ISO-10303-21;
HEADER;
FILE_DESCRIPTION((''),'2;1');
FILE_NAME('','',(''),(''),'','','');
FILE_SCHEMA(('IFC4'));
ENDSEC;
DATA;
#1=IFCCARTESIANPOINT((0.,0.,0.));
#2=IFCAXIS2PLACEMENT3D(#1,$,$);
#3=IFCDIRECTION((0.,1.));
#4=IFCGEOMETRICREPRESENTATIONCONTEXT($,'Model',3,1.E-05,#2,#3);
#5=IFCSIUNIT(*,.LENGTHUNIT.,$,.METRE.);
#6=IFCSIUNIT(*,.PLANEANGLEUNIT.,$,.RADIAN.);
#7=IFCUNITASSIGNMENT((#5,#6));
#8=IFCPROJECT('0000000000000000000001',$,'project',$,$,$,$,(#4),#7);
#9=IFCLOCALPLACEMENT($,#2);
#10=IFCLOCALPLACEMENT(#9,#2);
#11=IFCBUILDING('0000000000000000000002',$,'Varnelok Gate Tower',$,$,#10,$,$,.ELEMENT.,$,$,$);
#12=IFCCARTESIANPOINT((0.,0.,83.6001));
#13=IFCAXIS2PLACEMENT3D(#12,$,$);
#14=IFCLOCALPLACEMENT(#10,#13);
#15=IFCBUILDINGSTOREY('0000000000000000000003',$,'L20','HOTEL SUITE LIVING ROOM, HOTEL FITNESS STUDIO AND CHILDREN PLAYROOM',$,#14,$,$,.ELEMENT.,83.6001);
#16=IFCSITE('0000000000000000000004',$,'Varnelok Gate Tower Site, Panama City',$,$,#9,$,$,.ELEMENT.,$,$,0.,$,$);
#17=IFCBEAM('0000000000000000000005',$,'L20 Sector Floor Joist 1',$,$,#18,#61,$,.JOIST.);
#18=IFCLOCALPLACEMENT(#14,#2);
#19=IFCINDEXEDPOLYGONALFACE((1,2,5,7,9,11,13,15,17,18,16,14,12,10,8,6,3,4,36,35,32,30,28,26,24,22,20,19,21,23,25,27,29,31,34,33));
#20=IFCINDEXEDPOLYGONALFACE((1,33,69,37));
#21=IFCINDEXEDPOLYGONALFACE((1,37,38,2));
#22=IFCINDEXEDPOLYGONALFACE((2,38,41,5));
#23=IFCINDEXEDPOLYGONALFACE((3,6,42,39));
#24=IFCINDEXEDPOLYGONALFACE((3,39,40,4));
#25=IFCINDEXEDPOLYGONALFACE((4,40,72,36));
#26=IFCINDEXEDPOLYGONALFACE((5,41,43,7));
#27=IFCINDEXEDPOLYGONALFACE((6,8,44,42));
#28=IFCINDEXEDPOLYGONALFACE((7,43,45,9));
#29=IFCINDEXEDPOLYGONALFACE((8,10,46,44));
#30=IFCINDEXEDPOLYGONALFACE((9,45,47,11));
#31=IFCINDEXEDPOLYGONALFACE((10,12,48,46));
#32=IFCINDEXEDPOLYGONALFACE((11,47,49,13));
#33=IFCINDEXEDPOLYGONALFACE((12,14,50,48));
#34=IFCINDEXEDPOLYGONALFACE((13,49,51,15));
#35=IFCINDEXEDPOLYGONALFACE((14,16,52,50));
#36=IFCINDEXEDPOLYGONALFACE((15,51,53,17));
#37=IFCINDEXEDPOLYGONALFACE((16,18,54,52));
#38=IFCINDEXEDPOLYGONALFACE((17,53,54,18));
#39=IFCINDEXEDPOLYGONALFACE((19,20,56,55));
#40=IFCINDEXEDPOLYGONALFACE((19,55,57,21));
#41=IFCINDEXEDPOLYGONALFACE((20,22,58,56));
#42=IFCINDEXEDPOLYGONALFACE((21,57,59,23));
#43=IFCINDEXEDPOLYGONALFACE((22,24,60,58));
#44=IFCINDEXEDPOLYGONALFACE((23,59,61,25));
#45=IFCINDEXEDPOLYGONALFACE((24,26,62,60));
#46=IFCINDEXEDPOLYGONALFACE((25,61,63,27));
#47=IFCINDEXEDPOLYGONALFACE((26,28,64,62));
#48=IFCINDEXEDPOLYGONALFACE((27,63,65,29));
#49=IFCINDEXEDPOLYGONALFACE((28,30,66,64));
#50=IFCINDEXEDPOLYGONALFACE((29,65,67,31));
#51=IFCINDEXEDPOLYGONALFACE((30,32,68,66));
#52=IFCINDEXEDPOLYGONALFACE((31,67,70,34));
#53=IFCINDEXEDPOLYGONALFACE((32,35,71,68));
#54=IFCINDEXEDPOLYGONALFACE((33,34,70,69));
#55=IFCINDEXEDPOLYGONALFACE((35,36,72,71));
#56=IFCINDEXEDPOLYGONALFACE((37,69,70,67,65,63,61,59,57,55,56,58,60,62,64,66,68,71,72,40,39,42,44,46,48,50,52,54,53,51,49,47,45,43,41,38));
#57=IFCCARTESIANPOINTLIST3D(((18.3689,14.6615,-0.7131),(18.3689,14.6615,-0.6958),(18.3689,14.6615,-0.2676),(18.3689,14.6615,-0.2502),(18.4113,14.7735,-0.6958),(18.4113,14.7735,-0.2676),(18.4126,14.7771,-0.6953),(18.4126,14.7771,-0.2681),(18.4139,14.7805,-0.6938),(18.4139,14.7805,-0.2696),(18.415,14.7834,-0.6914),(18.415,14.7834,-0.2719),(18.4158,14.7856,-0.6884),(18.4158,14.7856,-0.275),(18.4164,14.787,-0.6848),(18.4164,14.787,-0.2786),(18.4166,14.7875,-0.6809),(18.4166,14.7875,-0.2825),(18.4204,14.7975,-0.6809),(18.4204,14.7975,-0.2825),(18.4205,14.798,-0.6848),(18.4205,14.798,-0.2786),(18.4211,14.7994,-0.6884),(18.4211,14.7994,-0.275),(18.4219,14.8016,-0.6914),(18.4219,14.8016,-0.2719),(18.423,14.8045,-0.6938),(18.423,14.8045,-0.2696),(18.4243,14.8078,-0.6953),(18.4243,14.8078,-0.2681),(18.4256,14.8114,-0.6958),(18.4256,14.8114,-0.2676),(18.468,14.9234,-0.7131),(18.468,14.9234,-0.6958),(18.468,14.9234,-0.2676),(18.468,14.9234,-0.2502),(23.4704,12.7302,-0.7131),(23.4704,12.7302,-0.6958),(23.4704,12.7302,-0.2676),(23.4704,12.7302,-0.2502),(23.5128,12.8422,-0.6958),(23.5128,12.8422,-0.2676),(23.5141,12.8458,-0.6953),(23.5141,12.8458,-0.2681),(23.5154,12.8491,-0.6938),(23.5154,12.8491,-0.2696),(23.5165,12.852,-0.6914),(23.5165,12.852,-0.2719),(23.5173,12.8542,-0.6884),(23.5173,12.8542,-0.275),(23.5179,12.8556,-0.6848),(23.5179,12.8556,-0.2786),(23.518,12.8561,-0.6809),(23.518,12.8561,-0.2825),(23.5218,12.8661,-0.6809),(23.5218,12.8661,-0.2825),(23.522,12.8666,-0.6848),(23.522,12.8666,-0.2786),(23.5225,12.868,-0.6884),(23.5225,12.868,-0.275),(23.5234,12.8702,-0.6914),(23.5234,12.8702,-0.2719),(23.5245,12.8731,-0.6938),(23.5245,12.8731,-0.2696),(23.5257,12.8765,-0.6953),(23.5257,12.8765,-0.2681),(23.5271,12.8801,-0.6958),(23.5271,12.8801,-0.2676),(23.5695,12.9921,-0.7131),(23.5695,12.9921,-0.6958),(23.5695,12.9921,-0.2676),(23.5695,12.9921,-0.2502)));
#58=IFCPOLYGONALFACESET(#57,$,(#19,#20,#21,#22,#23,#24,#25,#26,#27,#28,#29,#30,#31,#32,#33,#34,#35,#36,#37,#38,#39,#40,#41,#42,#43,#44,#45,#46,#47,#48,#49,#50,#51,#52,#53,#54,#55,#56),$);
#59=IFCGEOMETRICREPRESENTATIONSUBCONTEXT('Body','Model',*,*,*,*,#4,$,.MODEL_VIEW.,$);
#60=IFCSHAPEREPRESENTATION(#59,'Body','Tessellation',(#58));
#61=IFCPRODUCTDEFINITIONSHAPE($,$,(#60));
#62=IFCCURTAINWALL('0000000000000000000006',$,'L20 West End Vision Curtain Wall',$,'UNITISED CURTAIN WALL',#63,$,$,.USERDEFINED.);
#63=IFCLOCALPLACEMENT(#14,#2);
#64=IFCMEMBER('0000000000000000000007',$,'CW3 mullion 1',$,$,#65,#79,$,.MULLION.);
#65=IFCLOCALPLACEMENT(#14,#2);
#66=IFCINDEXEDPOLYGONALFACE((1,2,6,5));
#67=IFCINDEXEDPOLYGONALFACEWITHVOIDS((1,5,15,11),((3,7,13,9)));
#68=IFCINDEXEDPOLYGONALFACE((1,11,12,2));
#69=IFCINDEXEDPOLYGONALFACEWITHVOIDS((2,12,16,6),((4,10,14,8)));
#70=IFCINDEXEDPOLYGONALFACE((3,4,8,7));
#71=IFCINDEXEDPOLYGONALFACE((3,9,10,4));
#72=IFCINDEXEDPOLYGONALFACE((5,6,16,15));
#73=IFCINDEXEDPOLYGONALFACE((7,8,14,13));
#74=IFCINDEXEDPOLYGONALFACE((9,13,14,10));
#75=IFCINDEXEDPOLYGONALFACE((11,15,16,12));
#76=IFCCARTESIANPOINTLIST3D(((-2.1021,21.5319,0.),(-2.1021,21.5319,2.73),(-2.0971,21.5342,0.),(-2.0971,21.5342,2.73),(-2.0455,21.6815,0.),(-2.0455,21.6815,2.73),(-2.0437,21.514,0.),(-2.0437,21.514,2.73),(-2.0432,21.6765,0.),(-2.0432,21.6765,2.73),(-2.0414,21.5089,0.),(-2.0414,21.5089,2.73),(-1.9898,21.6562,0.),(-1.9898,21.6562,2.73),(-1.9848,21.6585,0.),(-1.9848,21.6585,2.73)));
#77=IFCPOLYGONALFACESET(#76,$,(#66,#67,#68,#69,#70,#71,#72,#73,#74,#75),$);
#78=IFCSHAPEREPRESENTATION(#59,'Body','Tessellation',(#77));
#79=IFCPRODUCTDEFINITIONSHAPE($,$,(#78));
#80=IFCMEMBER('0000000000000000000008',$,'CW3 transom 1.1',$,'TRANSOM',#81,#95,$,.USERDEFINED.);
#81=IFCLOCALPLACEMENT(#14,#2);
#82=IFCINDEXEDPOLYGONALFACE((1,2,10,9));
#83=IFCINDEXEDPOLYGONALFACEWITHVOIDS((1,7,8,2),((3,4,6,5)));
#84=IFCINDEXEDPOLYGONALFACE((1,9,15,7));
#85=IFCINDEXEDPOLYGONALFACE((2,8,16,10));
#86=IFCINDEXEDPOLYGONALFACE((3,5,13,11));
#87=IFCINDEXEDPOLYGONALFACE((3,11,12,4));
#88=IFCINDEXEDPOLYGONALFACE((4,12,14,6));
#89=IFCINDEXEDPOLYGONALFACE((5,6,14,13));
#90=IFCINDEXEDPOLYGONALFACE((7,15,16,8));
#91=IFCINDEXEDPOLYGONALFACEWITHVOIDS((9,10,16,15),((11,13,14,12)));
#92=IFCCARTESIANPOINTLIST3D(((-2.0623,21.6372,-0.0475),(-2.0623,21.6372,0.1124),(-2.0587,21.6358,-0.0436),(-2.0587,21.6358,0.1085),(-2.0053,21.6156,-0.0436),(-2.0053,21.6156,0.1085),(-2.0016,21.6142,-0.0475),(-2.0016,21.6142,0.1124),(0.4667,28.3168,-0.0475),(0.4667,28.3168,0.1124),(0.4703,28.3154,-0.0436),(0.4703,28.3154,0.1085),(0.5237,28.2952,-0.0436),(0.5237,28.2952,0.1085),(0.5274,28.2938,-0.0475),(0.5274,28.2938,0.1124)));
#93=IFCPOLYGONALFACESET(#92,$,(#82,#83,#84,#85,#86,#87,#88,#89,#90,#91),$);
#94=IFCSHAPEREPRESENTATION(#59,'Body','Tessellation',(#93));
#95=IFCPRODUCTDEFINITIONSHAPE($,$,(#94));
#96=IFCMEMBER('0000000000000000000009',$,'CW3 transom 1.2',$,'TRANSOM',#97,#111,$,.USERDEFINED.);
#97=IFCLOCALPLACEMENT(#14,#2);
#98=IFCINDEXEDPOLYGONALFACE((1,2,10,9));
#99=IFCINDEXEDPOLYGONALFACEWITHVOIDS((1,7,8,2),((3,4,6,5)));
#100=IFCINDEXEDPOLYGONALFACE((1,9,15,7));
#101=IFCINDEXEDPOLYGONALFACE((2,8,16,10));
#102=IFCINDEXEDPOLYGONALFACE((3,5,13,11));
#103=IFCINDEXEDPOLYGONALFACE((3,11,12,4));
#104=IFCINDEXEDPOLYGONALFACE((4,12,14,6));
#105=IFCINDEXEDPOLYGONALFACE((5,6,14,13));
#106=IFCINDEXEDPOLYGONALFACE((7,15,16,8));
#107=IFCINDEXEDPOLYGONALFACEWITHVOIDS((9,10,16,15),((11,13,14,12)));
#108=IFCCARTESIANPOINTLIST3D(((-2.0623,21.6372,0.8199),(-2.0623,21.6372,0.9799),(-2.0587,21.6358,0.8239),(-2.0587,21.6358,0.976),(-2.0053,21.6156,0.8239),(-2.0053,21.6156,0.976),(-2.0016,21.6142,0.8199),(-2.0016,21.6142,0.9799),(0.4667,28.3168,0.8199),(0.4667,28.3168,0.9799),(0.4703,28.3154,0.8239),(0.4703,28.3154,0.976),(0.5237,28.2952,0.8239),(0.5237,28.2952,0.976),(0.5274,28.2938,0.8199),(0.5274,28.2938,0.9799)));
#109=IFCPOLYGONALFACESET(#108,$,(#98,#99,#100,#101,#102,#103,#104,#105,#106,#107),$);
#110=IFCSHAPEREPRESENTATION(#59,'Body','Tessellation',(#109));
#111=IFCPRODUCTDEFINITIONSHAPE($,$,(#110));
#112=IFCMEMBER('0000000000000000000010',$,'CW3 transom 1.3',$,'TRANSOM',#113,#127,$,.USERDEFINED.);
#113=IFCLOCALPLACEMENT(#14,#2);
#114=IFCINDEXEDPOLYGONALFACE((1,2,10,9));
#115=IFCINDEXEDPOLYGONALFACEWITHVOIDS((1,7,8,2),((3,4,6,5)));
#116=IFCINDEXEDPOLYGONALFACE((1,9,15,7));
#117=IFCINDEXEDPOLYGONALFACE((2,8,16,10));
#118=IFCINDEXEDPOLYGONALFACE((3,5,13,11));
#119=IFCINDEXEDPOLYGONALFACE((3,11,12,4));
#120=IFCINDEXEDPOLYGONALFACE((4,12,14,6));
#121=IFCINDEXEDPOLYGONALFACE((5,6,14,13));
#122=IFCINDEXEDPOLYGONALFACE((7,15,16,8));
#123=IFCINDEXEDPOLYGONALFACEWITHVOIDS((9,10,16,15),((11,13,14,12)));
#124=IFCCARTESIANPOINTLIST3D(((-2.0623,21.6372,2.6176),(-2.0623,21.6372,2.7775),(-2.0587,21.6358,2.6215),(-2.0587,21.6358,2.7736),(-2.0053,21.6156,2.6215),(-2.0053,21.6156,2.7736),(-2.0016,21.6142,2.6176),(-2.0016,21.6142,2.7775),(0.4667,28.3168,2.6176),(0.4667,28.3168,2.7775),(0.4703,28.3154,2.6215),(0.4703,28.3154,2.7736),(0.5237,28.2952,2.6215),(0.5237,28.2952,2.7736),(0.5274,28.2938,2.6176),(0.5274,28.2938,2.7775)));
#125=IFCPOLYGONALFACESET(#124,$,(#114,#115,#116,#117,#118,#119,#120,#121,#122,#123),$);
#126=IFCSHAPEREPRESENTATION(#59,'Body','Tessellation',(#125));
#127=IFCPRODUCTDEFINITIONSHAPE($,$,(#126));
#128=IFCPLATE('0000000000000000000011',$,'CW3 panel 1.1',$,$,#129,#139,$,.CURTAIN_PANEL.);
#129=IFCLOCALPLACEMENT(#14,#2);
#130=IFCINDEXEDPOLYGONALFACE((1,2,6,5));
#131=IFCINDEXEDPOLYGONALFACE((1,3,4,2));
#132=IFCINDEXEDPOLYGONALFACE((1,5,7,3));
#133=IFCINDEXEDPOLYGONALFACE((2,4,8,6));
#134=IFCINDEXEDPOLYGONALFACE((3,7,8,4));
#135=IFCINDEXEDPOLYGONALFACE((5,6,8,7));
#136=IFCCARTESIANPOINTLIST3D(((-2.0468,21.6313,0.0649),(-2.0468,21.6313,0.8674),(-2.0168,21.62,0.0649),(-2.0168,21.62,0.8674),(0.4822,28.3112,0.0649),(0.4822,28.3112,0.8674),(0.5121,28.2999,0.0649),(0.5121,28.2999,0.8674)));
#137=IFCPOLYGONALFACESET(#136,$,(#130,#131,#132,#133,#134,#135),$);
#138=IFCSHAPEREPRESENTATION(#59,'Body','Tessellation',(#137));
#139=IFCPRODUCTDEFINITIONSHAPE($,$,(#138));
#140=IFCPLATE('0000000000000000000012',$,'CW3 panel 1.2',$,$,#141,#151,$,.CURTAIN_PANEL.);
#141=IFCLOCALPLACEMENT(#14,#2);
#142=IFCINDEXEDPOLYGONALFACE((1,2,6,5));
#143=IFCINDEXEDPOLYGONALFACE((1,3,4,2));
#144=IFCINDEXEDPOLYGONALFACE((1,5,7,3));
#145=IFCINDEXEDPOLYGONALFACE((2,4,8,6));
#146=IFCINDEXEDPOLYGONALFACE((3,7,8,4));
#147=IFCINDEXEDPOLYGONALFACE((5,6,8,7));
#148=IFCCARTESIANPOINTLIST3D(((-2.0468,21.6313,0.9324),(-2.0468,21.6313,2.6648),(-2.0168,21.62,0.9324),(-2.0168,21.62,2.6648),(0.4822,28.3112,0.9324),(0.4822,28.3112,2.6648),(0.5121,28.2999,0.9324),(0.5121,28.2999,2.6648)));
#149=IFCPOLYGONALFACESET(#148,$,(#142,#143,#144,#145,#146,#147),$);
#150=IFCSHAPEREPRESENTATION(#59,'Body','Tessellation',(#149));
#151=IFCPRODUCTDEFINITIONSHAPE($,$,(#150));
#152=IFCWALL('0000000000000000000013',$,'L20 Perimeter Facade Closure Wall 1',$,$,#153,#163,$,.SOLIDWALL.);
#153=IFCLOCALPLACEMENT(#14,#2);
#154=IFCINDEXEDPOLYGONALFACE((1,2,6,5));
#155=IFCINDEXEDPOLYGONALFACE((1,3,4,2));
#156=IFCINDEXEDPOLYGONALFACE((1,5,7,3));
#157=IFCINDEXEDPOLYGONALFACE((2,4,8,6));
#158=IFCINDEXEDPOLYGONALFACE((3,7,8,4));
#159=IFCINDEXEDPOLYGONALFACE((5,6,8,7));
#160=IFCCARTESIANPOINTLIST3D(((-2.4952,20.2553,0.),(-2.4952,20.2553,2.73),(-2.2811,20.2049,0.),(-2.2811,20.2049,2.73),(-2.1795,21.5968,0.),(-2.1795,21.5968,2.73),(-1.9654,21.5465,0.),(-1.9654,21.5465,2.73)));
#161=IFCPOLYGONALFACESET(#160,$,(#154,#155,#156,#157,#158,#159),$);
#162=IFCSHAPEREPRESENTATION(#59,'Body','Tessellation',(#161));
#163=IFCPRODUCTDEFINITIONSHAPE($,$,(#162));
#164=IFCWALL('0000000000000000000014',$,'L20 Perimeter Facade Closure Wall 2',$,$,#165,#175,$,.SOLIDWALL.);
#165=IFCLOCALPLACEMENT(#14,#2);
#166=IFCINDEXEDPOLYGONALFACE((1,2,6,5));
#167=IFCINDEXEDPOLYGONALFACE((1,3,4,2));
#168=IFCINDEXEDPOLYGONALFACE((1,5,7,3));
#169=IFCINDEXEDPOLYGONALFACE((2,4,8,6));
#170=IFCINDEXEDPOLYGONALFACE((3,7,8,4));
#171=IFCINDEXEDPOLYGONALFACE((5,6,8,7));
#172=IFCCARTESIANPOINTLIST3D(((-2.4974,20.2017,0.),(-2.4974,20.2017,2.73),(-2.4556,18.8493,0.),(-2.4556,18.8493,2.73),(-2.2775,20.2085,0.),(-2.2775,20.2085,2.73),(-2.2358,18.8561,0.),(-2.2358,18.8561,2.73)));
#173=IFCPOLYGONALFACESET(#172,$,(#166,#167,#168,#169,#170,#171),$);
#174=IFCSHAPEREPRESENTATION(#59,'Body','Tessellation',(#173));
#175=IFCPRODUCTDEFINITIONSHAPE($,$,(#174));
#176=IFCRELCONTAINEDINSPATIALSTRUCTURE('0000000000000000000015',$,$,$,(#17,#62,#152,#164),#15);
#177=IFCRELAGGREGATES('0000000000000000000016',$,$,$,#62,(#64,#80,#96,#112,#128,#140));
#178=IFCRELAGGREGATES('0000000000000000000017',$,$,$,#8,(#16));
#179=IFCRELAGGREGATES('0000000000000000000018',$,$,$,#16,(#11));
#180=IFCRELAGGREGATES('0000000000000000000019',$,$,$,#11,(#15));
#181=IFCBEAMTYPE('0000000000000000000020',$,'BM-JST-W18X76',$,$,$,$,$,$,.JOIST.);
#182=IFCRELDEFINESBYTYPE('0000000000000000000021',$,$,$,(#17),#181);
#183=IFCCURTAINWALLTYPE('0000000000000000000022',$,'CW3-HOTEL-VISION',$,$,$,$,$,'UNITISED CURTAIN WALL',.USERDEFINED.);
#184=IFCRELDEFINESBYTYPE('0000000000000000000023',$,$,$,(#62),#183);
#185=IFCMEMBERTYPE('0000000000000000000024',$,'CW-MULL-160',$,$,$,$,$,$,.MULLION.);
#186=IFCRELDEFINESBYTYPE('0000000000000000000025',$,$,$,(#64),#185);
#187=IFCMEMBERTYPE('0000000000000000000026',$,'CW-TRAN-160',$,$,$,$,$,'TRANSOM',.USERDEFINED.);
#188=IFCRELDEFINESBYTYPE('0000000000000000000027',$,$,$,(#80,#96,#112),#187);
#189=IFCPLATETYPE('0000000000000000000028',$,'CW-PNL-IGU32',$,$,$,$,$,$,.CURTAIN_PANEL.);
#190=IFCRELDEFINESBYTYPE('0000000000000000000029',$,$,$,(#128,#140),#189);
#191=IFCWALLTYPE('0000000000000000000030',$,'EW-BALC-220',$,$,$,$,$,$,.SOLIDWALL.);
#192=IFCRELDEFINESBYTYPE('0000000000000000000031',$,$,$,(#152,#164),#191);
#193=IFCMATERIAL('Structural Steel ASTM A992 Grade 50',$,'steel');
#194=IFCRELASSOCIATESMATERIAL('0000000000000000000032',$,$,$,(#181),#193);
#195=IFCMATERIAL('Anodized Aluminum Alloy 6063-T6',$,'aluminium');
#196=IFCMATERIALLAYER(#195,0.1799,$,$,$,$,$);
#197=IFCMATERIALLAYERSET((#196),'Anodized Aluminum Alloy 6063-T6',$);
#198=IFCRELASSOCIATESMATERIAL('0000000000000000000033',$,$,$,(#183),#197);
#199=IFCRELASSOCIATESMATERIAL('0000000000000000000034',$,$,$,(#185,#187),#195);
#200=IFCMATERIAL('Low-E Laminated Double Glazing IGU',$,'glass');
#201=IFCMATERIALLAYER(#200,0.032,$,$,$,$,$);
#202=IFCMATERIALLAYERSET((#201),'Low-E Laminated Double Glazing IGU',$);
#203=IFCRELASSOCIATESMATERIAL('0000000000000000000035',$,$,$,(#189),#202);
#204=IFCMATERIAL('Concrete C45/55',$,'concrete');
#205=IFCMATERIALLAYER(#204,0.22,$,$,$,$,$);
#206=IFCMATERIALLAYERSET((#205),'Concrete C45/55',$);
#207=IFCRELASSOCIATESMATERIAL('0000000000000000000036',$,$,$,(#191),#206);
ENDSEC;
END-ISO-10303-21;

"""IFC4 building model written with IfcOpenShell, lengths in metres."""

from ifc_helpers import new_model, si_unit, direction, frame, frame_2d, origin, origin_2d, place, context, subcontext, project, spatial, rectangle, hollow_rectangle, i_section, extrude, source, transform, mapped, material, layer, layer_set, material_profile, profile_set, type_object, element, aggregate, save


model = new_model("IFC4")

# Units and contexts
model_context = context("Model", 3, precision=1e-05, world=origin(), true_north=direction((0.0, 1.0)))
body_context = subcontext(model_context, "Body", "Model", "MODEL_VIEW")
ifc_project = project(units=[si_unit("LENGTHUNIT", "METRE"), si_unit("PLANEANGLEUNIT", "RADIAN")], contexts=[model_context])

# Site, building, storey
site_placement = place(None, origin())
site = spatial("IfcSite", under=ifc_project, at=site_placement, Name="Varnelok Gate Tower Site, Panama City", CompositionType="ELEMENT", RefElevation=0.0)
building_placement = place(site_placement, origin())
building = spatial("IfcBuilding", under=site, at=building_placement, Name="Varnelok Gate Tower", CompositionType="ELEMENT")
storey_placement = place(building_placement, frame((0.0, 0.0, 83.6001)))
storey = spatial("IfcBuildingStorey", under=building, at=storey_placement, Name="L20", Description="HOTEL SUITE LIVING ROOM, HOTEL FITNESS STUDIO AND CHILDREN PLAYROOM", CompositionType="ELEMENT", Elevation=83.6001)

# Beam
ifc_material_1 = material(Name="Structural Steel ASTM A992 Grade 50", Category="steel")
ifc_material_profile_1 = material_profile(ifc_material_1, i_section(OverallWidth=0.28, OverallDepth=0.4629, WebThickness=0.0107, FlangeThickness=0.0173, FilletRadius=0.0149, at=origin_2d()), Name="W18X76")
ifc_profile_set_1 = profile_set([ifc_material_profile_1], Name="Structural Steel ASTM A992 Grade 50")
beam_type = type_object("IfcBeamType", Name="BM-JST-W18X76", PredefinedType="JOIST", material=ifc_profile_set_1)
beam_placement = place(storey_placement, frame((18.4185, 14.7925, -0.4817), z_axis=(0.935221, -0.354065, 0.0), x_axis=(0.354065, 0.935221, 0.0)))
element("IfcBeam", 1, at=beam_placement, inside=storey, type_object=beam_type, Name="L20 Sector Floor Joist 1", PredefinedType="JOIST", context=body_context, shape_type="SweptSolid", body=[
    extrude(i_section(OverallWidth=0.28, OverallDepth=0.4629, WebThickness=0.0107, FlangeThickness=0.0173, FilletRadius=0.0149, at=origin_2d()), origin(), (0.0, 0.0, 1.0), 5.4548),
])

# Curtain wall, members, plates
ifc_material_2 = material(Name="Anodized Aluminum Alloy 6063-T6", Category="aluminium")
ifc_layer_1 = layer(ifc_material_2, 0.1799)
ifc_layer_set_1 = layer_set([ifc_layer_1], Name="Anodized Aluminum Alloy 6063-T6")
curtain_wall_type = type_object("IfcCurtainWallType", Name="CW3-HOTEL-VISION", ElementType="UNITISED CURTAIN WALL", PredefinedType="USERDEFINED", material=ifc_layer_set_1)
curtain_wall_placement = place(storey_placement, origin())
curtain_wall = element("IfcCurtainWall", 2, at=curtain_wall_placement, inside=storey, type_object=curtain_wall_type, Name="L20 West End Vision Curtain Wall", ObjectType="UNITISED CURTAIN WALL", PredefinedType="USERDEFINED")
ifc_material_profile_2 = material_profile(ifc_material_2, hollow_rectangle(XDim=0.0649, YDim=0.1599, WallThickness=0.0039, at=origin_2d()), Name="ALU160X65X4")
ifc_profile_set_2 = profile_set([ifc_material_profile_2], Name="Anodized Aluminum Alloy 6063-T6")
member_type_1 = type_object("IfcMemberType", Name="CW-MULL-160", PredefinedType="MULLION", material=ifc_profile_set_2)
member_1_placement = place(storey_placement, frame((-2.0435, 21.5952, 0.0), z_axis=(0.0, 0.0, 1.0), x_axis=(-0.935221, 0.354064, 0.0)))
member_1 = element("IfcMember", 3, at=member_1_placement, type_object=member_type_1, Name="CW3 mullion 1", PredefinedType="MULLION", context=body_context, shape_type="SweptSolid", body=[
    extrude(hollow_rectangle(XDim=0.0649, YDim=0.1599, WallThickness=0.0039, at=origin_2d()), origin(), (0.0, 0.0, 1.0), 2.73),
])
ifc_material_profile_3 = material_profile(ifc_material_2, hollow_rectangle(XDim=0.0649, YDim=0.1599, WallThickness=0.0039, at=origin_2d()), Name="ALU160X65X4")
ifc_profile_set_3 = profile_set([ifc_material_profile_3], Name="Anodized Aluminum Alloy 6063-T6")
member_type_2 = type_object("IfcMemberType", Name="CW-TRAN-160", ElementType="TRANSOM", PredefinedType="USERDEFINED", material=ifc_profile_set_3)
member_2_placement = place(storey_placement, frame((-2.032, 21.6257, 0.0325), z_axis=(0.354088, 0.935212, 0.0), x_axis=(-0.935212, 0.354088, 0.0)))
member_2 = element("IfcMember", 4, at=member_2_placement, type_object=member_type_2, Name="CW3 transom 1.1", ObjectType="TRANSOM", PredefinedType="USERDEFINED", context=body_context, shape_type="SweptSolid", body=[
    extrude(hollow_rectangle(XDim=0.0649, YDim=0.1599, WallThickness=0.0039, at=origin_2d()), origin(), (0.0, 0.0, 1.0), 7.1423),
])
member_3_placement = place(storey_placement, frame((-2.032, 21.6257, 0.8999), z_axis=(0.354088, 0.935212, 0.0), x_axis=(-0.935212, 0.354088, 0.0)))
member_3 = element("IfcMember", 5, at=member_3_placement, type_object=member_type_2, Name="CW3 transom 1.2", ObjectType="TRANSOM", PredefinedType="USERDEFINED", context=body_context, shape_type="SweptSolid", body=[
    extrude(hollow_rectangle(XDim=0.0649, YDim=0.1599, WallThickness=0.0039, at=origin_2d()), origin(), (0.0, 0.0, 1.0), 7.1423),
])
member_4_placement = place(storey_placement, frame((-2.032, 21.6257, 2.6975), z_axis=(0.354088, 0.935212, 0.0), x_axis=(-0.935212, 0.354088, 0.0)))
member_4 = element("IfcMember", 6, at=member_4_placement, type_object=member_type_2, Name="CW3 transom 1.3", ObjectType="TRANSOM", PredefinedType="USERDEFINED", context=body_context, shape_type="SweptSolid", body=[
    extrude(hollow_rectangle(XDim=0.0649, YDim=0.1599, WallThickness=0.0039, at=origin_2d()), origin(), (0.0, 0.0, 1.0), 7.1423),
])
ifc_material_3 = material(Name="Low-E Laminated Double Glazing IGU", Category="glass")
ifc_layer_2 = layer(ifc_material_3, 0.032)
ifc_layer_set_2 = layer_set([ifc_layer_2], Name="Low-E Laminated Double Glazing IGU")
plate_type = type_object("IfcPlateType", Name="CW-PNL-IGU32", PredefinedType="CURTAIN_PANEL", material=ifc_layer_set_2)
shared_shape_1 = source(origin(), body_context, "Body", "SweptSolid", [
    extrude(rectangle(XDim=7.1426, YDim=0.032, at=origin_2d()), origin(), (0.0, 0.0, 1.0), 0.8025),
])
plate_1_placement = place(storey_placement, frame((-0.7673, 24.9656, 0.0649), z_axis=(0.0, 0.0, 1.0), x_axis=(0.354064, 0.935221, 0.0)))
plate_1 = element("IfcPlate", 7, at=plate_1_placement, type_object=plate_type, Name="CW3 panel 1.1", PredefinedType="CURTAIN_PANEL", context=body_context, shape_type="MappedRepresentation", body=[
    mapped(shared_shape_1, transform((0.0, 0.0, 0.0), scale=1.0)),
])
shared_shape_2 = source(origin(), body_context, "Body", "SweptSolid", [
    extrude(rectangle(XDim=7.1426, YDim=0.032, at=origin_2d()), origin(), (0.0, 0.0, 1.0), 1.7324),
])
plate_2_placement = place(storey_placement, frame((-0.7673, 24.9656, 0.9324), z_axis=(0.0, 0.0, 1.0), x_axis=(0.354064, 0.935221, 0.0)))
plate_2 = element("IfcPlate", 8, at=plate_2_placement, type_object=plate_type, Name="CW3 panel 1.2", PredefinedType="CURTAIN_PANEL", context=body_context, shape_type="MappedRepresentation", body=[
    mapped(shared_shape_2, transform((0.0, 0.0, 0.0), scale=1.0)),
])
aggregate(curtain_wall, [member_1, member_2, member_3, member_4, plate_1, plate_2])

# Walls
ifc_material_4 = material(Name="Concrete C45/55", Category="concrete")
ifc_layer_3 = layer(ifc_material_4, 0.22)
ifc_layer_set_3 = layer_set([ifc_layer_3], Name="Concrete C45/55")
wall_type_1 = type_object("IfcWallType", Name="EW-BALC-220", PredefinedType="SOLIDWALL", material=ifc_layer_set_3)
wall_1_placement = place(storey_placement, frame((-2.0725, 21.5715, 0.0), z_axis=(0.0, 0.0, 1.0), x_axis=(-0.229049, -0.973415, 0.0)))
element("IfcWall", 9, at=wall_1_placement, inside=storey, type_object=wall_type_1, Name="L20 Perimeter Facade Closure Wall 1", PredefinedType="SOLIDWALL", context=body_context, shape_type="SweptSolid", body=[
    extrude(rectangle(XDim=1.3782, YDim=0.22, at=frame_2d((0.689, 0.0))), origin(), (0.0, 0.0, 1.0), 2.73),
])
wall_2_placement = place(storey_placement, frame((-2.3875, 20.2051, 0.0), z_axis=(0.0, 0.0, 1.0), x_axis=(0.030857, -0.999524, 0.0)))
element("IfcWall", 10, at=wall_2_placement, inside=storey, type_object=wall_type_1, Name="L20 Perimeter Facade Closure Wall 2", PredefinedType="SOLIDWALL", context=body_context, shape_type="SweptSolid", body=[
    extrude(rectangle(XDim=1.353, YDim=0.22, at=frame_2d((0.6765, 0.0))), origin(), (0.0, 0.0, 1.0), 2.73),
])

save(model, "model.ifc")
